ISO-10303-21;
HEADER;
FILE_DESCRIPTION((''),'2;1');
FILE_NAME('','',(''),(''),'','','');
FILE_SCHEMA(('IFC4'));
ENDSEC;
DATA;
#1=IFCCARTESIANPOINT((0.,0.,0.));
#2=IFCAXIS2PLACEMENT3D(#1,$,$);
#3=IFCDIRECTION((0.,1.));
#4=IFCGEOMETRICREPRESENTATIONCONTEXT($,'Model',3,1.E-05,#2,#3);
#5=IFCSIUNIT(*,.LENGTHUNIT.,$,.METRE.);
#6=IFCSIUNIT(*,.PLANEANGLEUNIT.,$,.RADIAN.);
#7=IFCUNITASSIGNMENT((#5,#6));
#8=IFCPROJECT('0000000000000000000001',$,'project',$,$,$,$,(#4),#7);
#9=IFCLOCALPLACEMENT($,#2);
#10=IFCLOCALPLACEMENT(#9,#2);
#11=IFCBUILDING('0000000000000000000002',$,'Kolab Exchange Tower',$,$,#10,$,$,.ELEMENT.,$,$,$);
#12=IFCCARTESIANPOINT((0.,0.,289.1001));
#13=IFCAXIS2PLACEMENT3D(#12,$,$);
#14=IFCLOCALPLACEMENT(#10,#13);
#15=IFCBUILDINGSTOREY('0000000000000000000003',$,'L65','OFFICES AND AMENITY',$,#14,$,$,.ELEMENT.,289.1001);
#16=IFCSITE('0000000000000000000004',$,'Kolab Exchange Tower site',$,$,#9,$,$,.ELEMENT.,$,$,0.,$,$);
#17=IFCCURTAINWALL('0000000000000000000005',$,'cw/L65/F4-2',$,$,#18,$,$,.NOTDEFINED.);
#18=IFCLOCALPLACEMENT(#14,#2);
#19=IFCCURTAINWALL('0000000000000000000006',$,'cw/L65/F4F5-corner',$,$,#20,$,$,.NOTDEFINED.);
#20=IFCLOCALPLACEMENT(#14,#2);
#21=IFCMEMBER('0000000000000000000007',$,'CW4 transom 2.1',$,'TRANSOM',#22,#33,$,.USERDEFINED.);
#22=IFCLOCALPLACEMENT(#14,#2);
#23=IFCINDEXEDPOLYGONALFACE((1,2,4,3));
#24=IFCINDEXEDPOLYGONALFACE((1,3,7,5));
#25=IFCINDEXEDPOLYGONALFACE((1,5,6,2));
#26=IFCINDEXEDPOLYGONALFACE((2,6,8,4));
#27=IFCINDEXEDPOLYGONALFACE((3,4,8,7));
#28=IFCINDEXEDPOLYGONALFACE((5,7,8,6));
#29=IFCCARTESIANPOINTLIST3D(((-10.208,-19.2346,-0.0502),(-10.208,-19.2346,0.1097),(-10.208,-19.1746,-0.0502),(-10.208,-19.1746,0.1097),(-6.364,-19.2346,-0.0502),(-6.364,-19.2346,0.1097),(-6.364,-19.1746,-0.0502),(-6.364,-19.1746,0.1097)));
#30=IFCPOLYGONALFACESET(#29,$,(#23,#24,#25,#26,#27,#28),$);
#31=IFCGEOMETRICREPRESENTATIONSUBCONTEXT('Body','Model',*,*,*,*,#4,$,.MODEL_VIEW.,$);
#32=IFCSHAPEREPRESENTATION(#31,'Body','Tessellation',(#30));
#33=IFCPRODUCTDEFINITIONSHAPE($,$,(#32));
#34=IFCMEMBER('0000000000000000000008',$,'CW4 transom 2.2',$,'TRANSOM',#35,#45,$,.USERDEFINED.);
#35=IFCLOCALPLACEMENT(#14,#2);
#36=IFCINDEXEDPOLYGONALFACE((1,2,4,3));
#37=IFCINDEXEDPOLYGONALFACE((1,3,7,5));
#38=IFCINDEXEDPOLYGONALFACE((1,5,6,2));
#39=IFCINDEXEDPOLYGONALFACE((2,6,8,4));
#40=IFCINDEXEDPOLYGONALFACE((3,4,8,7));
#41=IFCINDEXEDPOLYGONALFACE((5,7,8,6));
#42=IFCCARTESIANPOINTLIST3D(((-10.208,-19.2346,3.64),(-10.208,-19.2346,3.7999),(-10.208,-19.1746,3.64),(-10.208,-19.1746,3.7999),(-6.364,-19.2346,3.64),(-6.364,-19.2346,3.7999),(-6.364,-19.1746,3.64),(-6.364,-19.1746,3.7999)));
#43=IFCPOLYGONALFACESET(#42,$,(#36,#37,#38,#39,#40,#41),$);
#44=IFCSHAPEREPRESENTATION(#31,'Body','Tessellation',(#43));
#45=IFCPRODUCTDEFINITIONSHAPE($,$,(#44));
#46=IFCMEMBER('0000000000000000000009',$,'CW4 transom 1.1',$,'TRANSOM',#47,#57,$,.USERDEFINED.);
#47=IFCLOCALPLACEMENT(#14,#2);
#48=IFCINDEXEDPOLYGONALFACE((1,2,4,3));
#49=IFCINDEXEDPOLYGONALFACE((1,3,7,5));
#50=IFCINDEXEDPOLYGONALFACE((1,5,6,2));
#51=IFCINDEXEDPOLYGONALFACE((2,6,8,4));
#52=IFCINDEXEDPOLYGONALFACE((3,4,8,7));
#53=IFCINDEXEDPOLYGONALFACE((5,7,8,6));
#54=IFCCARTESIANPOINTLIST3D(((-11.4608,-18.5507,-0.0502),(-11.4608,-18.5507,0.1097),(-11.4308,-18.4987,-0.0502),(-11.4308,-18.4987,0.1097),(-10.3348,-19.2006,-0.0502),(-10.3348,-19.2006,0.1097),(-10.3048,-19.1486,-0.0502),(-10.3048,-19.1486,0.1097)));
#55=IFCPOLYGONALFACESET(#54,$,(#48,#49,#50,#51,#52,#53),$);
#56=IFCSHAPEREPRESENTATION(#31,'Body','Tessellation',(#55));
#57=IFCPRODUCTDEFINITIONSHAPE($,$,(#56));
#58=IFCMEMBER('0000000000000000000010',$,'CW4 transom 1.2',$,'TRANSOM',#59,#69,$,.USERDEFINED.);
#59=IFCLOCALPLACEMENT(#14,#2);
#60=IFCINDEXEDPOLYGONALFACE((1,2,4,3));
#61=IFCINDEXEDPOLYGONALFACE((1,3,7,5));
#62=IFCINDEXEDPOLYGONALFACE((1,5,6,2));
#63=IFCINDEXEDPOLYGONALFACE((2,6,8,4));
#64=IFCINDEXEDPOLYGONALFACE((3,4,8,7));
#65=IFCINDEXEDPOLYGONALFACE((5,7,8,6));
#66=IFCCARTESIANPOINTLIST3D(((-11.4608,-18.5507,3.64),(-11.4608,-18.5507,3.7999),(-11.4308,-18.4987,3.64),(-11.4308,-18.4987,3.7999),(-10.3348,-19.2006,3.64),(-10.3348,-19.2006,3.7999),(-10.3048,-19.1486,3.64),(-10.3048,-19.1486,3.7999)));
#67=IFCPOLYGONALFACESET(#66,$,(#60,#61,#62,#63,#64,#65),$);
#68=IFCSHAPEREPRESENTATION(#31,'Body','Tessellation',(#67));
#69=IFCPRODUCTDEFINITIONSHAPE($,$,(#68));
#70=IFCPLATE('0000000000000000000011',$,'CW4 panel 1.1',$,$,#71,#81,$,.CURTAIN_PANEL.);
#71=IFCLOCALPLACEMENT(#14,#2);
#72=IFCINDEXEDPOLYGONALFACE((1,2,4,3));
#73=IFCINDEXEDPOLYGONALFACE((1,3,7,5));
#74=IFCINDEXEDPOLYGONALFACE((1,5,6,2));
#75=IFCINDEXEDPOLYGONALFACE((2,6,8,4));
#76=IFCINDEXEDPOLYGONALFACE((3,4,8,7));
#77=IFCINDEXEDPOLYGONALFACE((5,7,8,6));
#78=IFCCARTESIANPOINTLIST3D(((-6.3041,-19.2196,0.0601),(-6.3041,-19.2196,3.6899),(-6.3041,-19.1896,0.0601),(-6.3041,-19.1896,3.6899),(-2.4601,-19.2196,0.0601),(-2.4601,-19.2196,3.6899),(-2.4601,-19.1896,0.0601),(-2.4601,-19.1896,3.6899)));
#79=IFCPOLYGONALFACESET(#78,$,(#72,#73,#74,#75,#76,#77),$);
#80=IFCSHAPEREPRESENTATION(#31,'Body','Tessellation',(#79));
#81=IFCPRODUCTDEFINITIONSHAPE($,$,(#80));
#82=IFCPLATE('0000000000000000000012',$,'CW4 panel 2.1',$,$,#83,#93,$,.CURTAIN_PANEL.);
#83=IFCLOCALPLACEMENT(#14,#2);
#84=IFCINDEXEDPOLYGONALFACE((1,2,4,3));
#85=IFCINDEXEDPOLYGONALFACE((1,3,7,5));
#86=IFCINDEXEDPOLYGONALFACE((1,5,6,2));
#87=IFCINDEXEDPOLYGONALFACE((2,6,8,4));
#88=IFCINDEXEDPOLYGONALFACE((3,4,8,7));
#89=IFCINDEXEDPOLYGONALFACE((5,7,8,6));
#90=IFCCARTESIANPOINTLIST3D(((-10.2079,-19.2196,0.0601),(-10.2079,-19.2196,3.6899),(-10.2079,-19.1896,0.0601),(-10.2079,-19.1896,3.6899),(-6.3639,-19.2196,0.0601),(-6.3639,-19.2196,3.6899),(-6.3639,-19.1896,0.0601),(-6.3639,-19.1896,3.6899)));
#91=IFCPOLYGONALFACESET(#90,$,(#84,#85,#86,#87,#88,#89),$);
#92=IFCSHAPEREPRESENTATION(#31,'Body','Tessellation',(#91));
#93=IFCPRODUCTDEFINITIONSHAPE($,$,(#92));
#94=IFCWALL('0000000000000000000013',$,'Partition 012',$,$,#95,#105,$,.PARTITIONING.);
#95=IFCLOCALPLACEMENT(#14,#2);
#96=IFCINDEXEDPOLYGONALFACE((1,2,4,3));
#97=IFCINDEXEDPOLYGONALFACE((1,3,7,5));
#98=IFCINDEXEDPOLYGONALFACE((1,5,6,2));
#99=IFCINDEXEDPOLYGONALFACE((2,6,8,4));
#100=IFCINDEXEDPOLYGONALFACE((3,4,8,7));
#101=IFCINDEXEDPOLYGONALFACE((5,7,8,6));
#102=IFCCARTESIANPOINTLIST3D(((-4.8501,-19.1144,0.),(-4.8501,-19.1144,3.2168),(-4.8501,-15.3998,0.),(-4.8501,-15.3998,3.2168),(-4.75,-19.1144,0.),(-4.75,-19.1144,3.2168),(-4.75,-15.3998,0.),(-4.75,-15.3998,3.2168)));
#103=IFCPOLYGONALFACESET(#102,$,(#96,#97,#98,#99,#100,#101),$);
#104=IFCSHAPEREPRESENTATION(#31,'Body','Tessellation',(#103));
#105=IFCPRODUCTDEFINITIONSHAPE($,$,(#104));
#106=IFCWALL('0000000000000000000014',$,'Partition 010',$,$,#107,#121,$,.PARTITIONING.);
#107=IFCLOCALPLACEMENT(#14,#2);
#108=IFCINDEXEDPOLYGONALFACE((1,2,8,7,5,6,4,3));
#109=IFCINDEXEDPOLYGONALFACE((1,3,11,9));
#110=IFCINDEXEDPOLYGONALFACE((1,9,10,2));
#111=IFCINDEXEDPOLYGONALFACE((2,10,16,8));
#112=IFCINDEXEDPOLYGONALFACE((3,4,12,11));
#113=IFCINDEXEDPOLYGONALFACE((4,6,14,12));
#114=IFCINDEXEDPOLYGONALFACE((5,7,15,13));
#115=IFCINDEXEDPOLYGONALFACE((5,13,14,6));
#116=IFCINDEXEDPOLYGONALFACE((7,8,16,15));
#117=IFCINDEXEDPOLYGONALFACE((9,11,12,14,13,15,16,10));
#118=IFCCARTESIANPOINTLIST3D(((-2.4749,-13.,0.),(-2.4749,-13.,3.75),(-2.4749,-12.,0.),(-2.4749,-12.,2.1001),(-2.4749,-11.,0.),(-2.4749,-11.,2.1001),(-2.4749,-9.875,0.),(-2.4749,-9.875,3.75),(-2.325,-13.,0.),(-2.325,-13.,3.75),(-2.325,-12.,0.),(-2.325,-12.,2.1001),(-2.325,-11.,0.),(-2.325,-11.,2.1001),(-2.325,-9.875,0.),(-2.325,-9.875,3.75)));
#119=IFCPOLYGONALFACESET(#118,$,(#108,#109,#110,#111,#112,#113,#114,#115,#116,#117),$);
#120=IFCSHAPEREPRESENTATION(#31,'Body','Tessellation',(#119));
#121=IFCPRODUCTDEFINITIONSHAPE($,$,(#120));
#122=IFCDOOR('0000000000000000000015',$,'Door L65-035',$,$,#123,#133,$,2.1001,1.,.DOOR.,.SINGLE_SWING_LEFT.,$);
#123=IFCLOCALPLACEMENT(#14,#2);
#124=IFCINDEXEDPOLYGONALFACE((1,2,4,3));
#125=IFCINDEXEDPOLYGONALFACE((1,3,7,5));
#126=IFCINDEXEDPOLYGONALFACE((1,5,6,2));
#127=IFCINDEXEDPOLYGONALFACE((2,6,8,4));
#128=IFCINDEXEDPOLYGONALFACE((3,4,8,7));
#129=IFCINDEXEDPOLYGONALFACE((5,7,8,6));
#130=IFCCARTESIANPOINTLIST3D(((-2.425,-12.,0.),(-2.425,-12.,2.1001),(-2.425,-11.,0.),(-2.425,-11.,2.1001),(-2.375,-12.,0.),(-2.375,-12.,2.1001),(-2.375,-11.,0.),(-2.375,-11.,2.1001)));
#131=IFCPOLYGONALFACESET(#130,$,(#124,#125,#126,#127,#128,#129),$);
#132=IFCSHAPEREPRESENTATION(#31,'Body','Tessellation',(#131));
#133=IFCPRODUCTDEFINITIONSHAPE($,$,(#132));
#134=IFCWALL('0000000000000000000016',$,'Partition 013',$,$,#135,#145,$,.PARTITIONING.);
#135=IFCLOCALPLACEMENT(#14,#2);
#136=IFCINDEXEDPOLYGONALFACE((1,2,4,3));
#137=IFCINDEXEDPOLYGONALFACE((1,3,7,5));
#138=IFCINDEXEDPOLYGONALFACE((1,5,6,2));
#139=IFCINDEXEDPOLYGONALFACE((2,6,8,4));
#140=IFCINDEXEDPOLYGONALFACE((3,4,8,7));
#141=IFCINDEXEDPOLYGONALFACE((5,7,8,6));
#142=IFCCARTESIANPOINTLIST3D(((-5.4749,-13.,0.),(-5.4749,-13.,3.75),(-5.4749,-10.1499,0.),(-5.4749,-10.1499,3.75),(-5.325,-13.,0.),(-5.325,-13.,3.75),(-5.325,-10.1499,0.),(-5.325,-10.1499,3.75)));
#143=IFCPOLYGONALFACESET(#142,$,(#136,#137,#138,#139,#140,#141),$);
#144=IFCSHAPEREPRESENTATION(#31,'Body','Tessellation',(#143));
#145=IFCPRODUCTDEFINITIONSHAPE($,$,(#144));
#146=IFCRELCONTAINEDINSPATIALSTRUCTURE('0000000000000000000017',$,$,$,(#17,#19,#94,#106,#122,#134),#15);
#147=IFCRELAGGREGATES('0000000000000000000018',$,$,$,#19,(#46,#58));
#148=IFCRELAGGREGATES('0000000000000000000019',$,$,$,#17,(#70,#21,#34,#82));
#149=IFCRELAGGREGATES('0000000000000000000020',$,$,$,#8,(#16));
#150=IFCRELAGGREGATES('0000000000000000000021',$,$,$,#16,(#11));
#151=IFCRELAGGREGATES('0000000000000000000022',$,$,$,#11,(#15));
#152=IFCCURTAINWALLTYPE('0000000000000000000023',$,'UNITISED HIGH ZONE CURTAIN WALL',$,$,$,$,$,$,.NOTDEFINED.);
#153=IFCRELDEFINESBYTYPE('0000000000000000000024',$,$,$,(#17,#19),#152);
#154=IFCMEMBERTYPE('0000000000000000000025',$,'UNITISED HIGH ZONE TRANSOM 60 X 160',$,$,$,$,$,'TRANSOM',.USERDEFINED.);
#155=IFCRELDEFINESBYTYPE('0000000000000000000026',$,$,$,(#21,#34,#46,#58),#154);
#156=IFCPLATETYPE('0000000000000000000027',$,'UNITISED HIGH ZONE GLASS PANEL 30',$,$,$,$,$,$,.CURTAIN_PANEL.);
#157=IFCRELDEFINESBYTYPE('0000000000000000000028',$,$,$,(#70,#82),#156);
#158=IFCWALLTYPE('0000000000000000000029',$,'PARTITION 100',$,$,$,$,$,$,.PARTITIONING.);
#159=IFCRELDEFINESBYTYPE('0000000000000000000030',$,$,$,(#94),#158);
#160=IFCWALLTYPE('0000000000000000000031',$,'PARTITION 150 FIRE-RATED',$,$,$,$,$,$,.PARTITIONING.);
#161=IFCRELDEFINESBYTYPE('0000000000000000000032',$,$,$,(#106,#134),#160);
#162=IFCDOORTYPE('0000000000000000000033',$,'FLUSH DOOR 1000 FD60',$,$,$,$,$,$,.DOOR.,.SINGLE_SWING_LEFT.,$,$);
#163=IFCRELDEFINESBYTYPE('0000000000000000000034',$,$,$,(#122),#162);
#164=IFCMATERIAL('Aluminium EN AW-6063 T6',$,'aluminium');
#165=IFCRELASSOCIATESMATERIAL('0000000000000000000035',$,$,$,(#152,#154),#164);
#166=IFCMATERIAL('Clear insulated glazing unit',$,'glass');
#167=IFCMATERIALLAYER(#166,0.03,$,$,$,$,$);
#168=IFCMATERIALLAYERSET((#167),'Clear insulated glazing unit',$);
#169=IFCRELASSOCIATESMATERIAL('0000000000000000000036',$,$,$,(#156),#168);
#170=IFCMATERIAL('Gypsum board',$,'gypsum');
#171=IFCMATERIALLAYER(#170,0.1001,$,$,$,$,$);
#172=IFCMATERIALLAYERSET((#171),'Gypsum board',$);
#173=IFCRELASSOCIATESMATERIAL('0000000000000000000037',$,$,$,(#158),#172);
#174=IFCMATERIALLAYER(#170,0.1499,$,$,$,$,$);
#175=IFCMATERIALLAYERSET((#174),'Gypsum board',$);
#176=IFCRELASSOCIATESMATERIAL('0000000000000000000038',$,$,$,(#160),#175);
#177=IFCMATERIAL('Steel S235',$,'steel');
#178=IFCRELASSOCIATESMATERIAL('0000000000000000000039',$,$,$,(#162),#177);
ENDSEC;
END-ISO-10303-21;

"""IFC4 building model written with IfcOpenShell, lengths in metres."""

from ifc_helpers import new_model, si_unit, direction, frame, frame_2d, origin, origin_2d, place, context, subcontext, project, spatial, rectangle, extrude, material, layer, layer_set, material_profile, profile_set, type_object, element, fill, aggregate, save


model = new_model("IFC4")

# Units and contexts
model_context = context("Model", 3, precision=1e-05, world=origin(), true_north=direction((0.0, 1.0)))
body_context = subcontext(model_context, "Body", "Model", "MODEL_VIEW")
ifc_project = project(units=[si_unit("LENGTHUNIT", "METRE"), si_unit("PLANEANGLEUNIT", "RADIAN")], contexts=[model_context])

# Site, building, storey
site_placement = place(None, origin())
site = spatial("IfcSite", under=ifc_project, at=site_placement, Name="Kolab Exchange Tower site", CompositionType="ELEMENT", RefElevation=0.0)
building_placement = place(site_placement, origin())
building = spatial("IfcBuilding", under=site, at=building_placement, Name="Kolab Exchange Tower", CompositionType="ELEMENT")
storey_placement = place(building_placement, frame((0.0, 0.0, 289.1001)))
storey = spatial("IfcBuildingStorey", under=building, at=storey_placement, Name="L65", Description="OFFICES AND AMENITY", CompositionType="ELEMENT", Elevation=289.1001)

# Curtain wall
ifc_material_1 = material(Name="Aluminium EN AW-6063 T6", Category="aluminium")
curtain_wall_type = type_object("IfcCurtainWallType", Name="UNITISED HIGH ZONE CURTAIN WALL", PredefinedType="NOTDEFINED", material=ifc_material_1)
curtain_wall_1_placement = place(storey_placement, origin())
curtain_wall_1 = element("IfcCurtainWall", 1, at=curtain_wall_1_placement, inside=storey, type_object=curtain_wall_type, Name="cw/L65/F4-2", PredefinedType="NOTDEFINED")

# Curtain wall
curtain_wall_2_placement = place(storey_placement, origin())
curtain_wall_2 = element("IfcCurtainWall", 2, at=curtain_wall_2_placement, inside=storey, type_object=curtain_wall_type, Name="cw/L65/F4F5-corner", PredefinedType="NOTDEFINED")

# Members
ifc_material_profile_1 = material_profile(ifc_material_1, rectangle(XDim=0.0601, YDim=0.1599, at=origin_2d()), Name="RECT 60X160")
ifc_profile_set_1 = profile_set([ifc_material_profile_1], Name="Aluminium EN AW-6063 T6")
member_type_1 = type_object("IfcMemberType", Name="UNITISED HIGH ZONE TRANSOM 60 X 160", ElementType="TRANSOM", PredefinedType="USERDEFINED", material=ifc_profile_set_1)
member_1_placement = place(storey_placement, frame((-6.364, -19.2046, 0.0298), z_axis=(-1.0, 0.0, 0.0), x_axis=(0.0, -1.0, 0.0)))
member_1 = element("IfcMember", 3, at=member_1_placement, type_object=member_type_1, Name="CW4 transom 2.1", ObjectType="TRANSOM", PredefinedType="USERDEFINED", context=body_context, shape_type="SweptSolid", body=[
    extrude(rectangle(XDim=0.0601, YDim=0.1599, at=origin_2d()), origin(), (0.0, 0.0, 1.0), 3.844),
])
member_2_placement = place(storey_placement, frame((-6.364, -19.2046, 3.72), z_axis=(-1.0, 0.0, 0.0), x_axis=(0.0, -1.0, 0.0)))
member_2 = element("IfcMember", 4, at=member_2_placement, type_object=member_type_1, Name="CW4 transom 2.2", ObjectType="TRANSOM", PredefinedType="USERDEFINED", context=body_context, shape_type="SweptSolid", body=[
    extrude(rectangle(XDim=0.0601, YDim=0.1599, at=origin_2d()), origin(), (0.0, 0.0, 1.0), 3.844),
])
member_3_placement = place(storey_placement, frame((-10.3198, -19.1746, 0.0298), z_axis=(-0.866086, 0.499896, 0.0), x_axis=(-0.499896, -0.866086, 0.0)))
member_3 = element("IfcMember", 5, at=member_3_placement, type_object=member_type_1, Name="CW4 transom 1.1", ObjectType="TRANSOM", PredefinedType="USERDEFINED", context=body_context, shape_type="SweptSolid", body=[
    extrude(rectangle(XDim=0.0601, YDim=0.1599, at=origin_2d()), origin(), (0.0, 0.0, 1.0), 1.3),
])
member_4_placement = place(storey_placement, frame((-10.3198, -19.1746, 3.72), z_axis=(-0.866086, 0.499896, 0.0), x_axis=(-0.499896, -0.866086, 0.0)))
member_4 = element("IfcMember", 6, at=member_4_placement, type_object=member_type_1, Name="CW4 transom 1.2", ObjectType="TRANSOM", PredefinedType="USERDEFINED", context=body_context, shape_type="SweptSolid", body=[
    extrude(rectangle(XDim=0.0601, YDim=0.1599, at=origin_2d()), origin(), (0.0, 0.0, 1.0), 1.3),
])
aggregate(curtain_wall_2, [member_3, member_4])

# Plates
ifc_material_2 = material(Name="Clear insulated glazing unit", Category="glass")
ifc_layer_1 = layer(ifc_material_2, 0.03)
ifc_layer_set_1 = layer_set([ifc_layer_1], Name="Clear insulated glazing unit")
plate_type = type_object("IfcPlateType", Name="UNITISED HIGH ZONE GLASS PANEL 30", PredefinedType="CURTAIN_PANEL", material=ifc_layer_set_1)
plate_1_placement = place(storey_placement, frame((-4.3821, -19.2046, 0.0601), z_axis=(0.0, 0.0, 1.0), x_axis=(-1.0, 0.0, 0.0)))
plate_1 = element("IfcPlate", 7, at=plate_1_placement, type_object=plate_type, Name="CW4 panel 1.1", PredefinedType="CURTAIN_PANEL", context=body_context, shape_type="SweptSolid", body=[
    extrude(rectangle(XDim=3.844, YDim=0.03, at=origin_2d()), origin(), (0.0, 0.0, 1.0), 3.6299),
])
plate_2_placement = place(storey_placement, frame((-8.2859, -19.2046, 0.0601), z_axis=(0.0, 0.0, 1.0), x_axis=(-1.0, 0.0, 0.0)))
plate_2 = element("IfcPlate", 8, at=plate_2_placement, type_object=plate_type, Name="CW4 panel 2.1", PredefinedType="CURTAIN_PANEL", context=body_context, shape_type="SweptSolid", body=[
    extrude(rectangle(XDim=3.844, YDim=0.03, at=origin_2d()), origin(), (0.0, 0.0, 1.0), 3.6299),
])
aggregate(curtain_wall_1, [plate_1, member_1, member_2, plate_2])

# Wall
ifc_material_3 = material(Name="Gypsum board", Category="gypsum")
ifc_layer_2 = layer(ifc_material_3, 0.1001)
ifc_layer_set_2 = layer_set([ifc_layer_2], Name="Gypsum board")
wall_type_1 = type_object("IfcWallType", Name="PARTITION 100", PredefinedType="PARTITIONING", material=ifc_layer_set_2)
wall_1_placement = place(storey_placement, frame((-4.8, -19.1145, 0.0), z_axis=(0.0, 0.0, 1.0), x_axis=(0.0, 1.0, 0.0)))
element("IfcWall", 9, at=wall_1_placement, inside=storey, type_object=wall_type_1, Name="Partition 012", PredefinedType="PARTITIONING", context=body_context, shape_type="SweptSolid", body=[
    extrude(rectangle(XDim=3.7146, YDim=0.1001, at=frame_2d((1.8574, 0.0))), origin(), (0.0, 0.0, 1.0), 3.2168),
])

# Wall, opening, door
ifc_layer_3 = layer(ifc_material_3, 0.1499)
ifc_layer_set_3 = layer_set([ifc_layer_3], Name="Gypsum board")
wall_type_2 = type_object("IfcWallType", Name="PARTITION 150 FIRE-RATED", PredefinedType="PARTITIONING", material=ifc_layer_set_3)
wall_2_placement = place(storey_placement, frame((-2.3999, -13.0, 0.0), z_axis=(0.0, 0.0, 1.0), x_axis=(0.0, 1.0, 0.0)))
wall_2 = element("IfcWall", 10, at=wall_2_placement, inside=storey, type_object=wall_type_2, Name="Partition 010", PredefinedType="PARTITIONING", context=body_context, shape_type="SweptSolid", body=[
    extrude(rectangle(XDim=3.125, YDim=0.1499, at=frame_2d((1.5625, 0.0))), origin(), (0.0, 0.0, 1.0), 3.75),
])
opening_1_placement = place(wall_2_placement, frame((1.0, 0.0, 0.0)))
opening_1 = element("IfcOpeningElement", 11, at=opening_1_placement, cuts=wall_2, PredefinedType="OPENING", context=body_context, shape_type="SweptSolid", body=[
    extrude(rectangle(XDim=1.0, YDim=2.1001, at=frame_2d((0.5, 1.05))), frame((0.0, 0.085, 0.0), z_axis=(0.0, -1.0, 0.0), x_axis=(1.0, 0.0, 0.0)), (0.0, 0.0, 1.0), 0.1699),
])
ifc_material_4 = material(Name="Steel S235", Category="steel")
door_type = type_object("IfcDoorType", Name="FLUSH DOOR 1000 FD60", OperationType="SINGLE_SWING_LEFT", PredefinedType="DOOR", material=ifc_material_4)
door_1_placement = place(opening_1_placement, frame((1.0, 0.0, 0.0), z_axis=(0.0, 0.0, 1.0), x_axis=(-1.0, 0.0, 0.0)))
door_1 = element("IfcDoor", 12, at=door_1_placement, inside=storey, type_object=door_type, Name="Door L65-035", OperationType="SINGLE_SWING_LEFT", OverallHeight=2.1001, OverallWidth=1.0, PredefinedType="DOOR", context=body_context, shape_type="SweptSolid", body=[
    extrude(rectangle(XDim=1.0, YDim=2.1001, at=frame_2d((0.5, 1.05))), frame((0.0, 0.0249, 0.0), z_axis=(0.0, -1.0, 0.0), x_axis=(1.0, 0.0, 0.0)), (0.0, 0.0, 1.0), 0.05),
])
fill(opening_1, door_1)

# Wall
wall_3_placement = place(storey_placement, frame((-5.3999, -13.0, 0.0), z_axis=(0.0, 0.0, 1.0), x_axis=(0.0, 1.0, 0.0)))
element("IfcWall", 13, at=wall_3_placement, inside=storey, type_object=wall_type_2, Name="Partition 013", PredefinedType="PARTITIONING", context=body_context, shape_type="SweptSolid", body=[
    extrude(rectangle(XDim=2.8501, YDim=0.1499, at=frame_2d((1.425, 0.0))), origin(), (0.0, 0.0, 1.0), 3.75),
])

save(model, "model.ifc")
